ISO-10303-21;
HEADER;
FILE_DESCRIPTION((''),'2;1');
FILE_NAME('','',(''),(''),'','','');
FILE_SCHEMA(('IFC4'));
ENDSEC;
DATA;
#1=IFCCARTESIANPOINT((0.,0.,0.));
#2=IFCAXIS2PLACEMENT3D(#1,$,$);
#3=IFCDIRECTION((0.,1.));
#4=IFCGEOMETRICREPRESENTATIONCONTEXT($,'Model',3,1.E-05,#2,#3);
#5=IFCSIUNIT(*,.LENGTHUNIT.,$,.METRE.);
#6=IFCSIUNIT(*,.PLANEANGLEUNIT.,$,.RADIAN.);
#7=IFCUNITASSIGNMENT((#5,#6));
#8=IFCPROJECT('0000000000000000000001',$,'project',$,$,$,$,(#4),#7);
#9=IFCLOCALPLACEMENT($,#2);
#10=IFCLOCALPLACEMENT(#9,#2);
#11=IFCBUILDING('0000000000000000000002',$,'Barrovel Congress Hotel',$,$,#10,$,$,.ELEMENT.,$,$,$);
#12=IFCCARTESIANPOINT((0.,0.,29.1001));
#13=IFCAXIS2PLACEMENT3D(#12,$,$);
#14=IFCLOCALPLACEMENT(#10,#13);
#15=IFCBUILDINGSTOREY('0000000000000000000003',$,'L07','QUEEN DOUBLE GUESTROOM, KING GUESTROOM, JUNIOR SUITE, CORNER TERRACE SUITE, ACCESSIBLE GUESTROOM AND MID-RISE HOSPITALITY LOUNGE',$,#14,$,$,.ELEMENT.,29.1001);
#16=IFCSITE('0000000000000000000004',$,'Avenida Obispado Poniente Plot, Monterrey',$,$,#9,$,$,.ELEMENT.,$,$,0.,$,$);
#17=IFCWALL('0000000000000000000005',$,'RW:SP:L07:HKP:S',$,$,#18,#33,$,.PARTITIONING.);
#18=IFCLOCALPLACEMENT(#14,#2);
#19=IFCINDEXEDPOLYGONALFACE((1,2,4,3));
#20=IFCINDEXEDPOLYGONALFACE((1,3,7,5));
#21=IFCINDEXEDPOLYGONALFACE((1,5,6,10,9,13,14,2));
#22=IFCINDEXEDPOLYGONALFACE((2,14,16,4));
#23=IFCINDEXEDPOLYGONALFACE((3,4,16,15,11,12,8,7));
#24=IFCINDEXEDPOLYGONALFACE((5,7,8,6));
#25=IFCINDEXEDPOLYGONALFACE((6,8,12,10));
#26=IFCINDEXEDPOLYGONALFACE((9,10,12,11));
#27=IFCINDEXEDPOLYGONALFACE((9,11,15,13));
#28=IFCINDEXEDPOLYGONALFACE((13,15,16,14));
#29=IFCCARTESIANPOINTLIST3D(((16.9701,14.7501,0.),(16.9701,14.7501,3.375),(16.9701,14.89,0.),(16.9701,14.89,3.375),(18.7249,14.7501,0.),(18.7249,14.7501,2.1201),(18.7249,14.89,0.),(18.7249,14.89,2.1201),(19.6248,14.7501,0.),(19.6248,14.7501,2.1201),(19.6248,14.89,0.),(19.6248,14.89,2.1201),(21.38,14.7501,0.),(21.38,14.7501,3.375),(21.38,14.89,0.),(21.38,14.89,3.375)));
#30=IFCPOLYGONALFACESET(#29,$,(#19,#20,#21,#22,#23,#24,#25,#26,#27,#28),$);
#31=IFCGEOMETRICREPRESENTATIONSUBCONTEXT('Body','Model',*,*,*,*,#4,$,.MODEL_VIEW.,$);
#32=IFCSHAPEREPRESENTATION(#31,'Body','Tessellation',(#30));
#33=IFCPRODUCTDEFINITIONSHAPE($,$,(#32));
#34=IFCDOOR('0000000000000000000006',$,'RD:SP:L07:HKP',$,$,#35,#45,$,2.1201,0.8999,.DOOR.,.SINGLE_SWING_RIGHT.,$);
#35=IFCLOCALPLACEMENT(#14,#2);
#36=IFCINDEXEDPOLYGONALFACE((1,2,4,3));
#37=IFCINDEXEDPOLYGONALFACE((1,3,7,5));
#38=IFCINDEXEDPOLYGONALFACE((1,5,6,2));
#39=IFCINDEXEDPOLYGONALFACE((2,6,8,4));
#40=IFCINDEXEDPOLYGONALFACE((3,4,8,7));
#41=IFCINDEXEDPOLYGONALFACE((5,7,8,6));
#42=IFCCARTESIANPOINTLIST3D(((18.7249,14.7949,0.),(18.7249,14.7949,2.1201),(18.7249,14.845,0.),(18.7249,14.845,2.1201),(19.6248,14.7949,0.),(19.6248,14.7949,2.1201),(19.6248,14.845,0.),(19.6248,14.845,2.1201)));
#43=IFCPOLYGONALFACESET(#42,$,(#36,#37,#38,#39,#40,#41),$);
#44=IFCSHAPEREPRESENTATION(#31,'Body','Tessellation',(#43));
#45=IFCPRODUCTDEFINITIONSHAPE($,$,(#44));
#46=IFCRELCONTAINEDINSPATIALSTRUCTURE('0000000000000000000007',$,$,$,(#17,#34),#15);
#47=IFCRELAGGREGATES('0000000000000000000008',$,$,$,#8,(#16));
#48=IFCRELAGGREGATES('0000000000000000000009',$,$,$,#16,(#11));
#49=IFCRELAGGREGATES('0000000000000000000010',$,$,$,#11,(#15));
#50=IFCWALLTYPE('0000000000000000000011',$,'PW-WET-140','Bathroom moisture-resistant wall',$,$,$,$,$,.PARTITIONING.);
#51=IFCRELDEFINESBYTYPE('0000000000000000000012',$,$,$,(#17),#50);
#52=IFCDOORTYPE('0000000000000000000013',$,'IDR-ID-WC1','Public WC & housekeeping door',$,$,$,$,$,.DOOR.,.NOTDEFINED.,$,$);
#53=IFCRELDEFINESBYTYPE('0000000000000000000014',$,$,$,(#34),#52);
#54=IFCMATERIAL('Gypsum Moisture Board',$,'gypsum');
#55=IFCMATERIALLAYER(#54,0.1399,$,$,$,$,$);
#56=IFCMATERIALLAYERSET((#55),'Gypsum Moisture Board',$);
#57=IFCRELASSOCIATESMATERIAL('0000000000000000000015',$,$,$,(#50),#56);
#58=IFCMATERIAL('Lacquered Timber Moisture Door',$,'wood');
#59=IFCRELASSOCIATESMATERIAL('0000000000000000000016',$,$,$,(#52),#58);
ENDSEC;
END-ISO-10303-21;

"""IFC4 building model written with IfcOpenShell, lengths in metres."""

from ifc_helpers import new_model, si_unit, direction, frame, frame_2d, origin, place, context, subcontext, project, spatial, rectangle, extrude, material, layer, layer_set, type_object, element, fill, save


model = new_model("IFC4")

# Units and contexts
model_context = context("Model", 3, precision=1e-05, world=origin(), true_north=direction((0.0, 1.0)))
body_context = subcontext(model_context, "Body", "Model", "MODEL_VIEW")
ifc_project = project(units=[si_unit("LENGTHUNIT", "METRE"), si_unit("PLANEANGLEUNIT", "RADIAN")], contexts=[model_context])

# Site, building, storey
site_placement = place(None, origin())
site = spatial("IfcSite", under=ifc_project, at=site_placement, Name="Avenida Obispado Poniente Plot, Monterrey", CompositionType="ELEMENT", RefElevation=0.0)
building_placement = place(site_placement, origin())
building = spatial("IfcBuilding", under=site, at=building_placement, Name="Barrovel Congress Hotel", CompositionType="ELEMENT")
storey_placement = place(building_placement, frame((0.0, 0.0, 29.1001)))
storey = spatial("IfcBuildingStorey", under=building, at=storey_placement, Name="L07", Description="QUEEN DOUBLE GUESTROOM, KING GUESTROOM, JUNIOR SUITE, CORNER TERRACE SUITE, ACCESSIBLE GUESTROOM AND MID-RISE HOSPITALITY LOUNGE", CompositionType="ELEMENT", Elevation=29.1001)

# Wall, opening, door
ifc_material_1 = material(Name="Gypsum Moisture Board", Category="gypsum")
ifc_layer_1 = layer(ifc_material_1, 0.1399)
ifc_layer_set_1 = layer_set([ifc_layer_1], Name="Gypsum Moisture Board")
wall_type_1 = type_object("IfcWallType", Name="PW-WET-140", Description="Bathroom moisture-resistant wall", PredefinedType="PARTITIONING", material=ifc_layer_set_1)
wall_1_placement = place(storey_placement, frame((16.97, 14.8201, 0.0), z_axis=(0.0, 0.0, 1.0), x_axis=(1.0, 0.0, 0.0)))
wall_1 = element("IfcWall", 1, at=wall_1_placement, inside=storey, type_object=wall_type_1, Name="RW:SP:L07:HKP:S", PredefinedType="PARTITIONING", context=body_context, shape_type="SweptSolid", body=[
    extrude(rectangle(XDim=4.4099, YDim=0.1399, at=frame_2d((2.2051, 0.0))), origin(), (0.0, 0.0, 1.0), 3.375),
])
opening_1_placement = place(wall_1_placement, frame((1.7549, 0.0, 0.0)))
opening_1 = element("IfcOpeningElement", 2, at=opening_1_placement, cuts=wall_1, PredefinedType="OPENING", context=body_context, shape_type="SweptSolid", body=[
    extrude(rectangle(XDim=0.8999, YDim=2.1201, at=frame_2d((0.45, 1.0601))), frame((0.0, 0.0801, 0.0), z_axis=(0.0, -1.0, 0.0), x_axis=(1.0, 0.0, 0.0)), (0.0, 0.0, 1.0), 0.1599),
])
ifc_material_2 = material(Name="Lacquered Timber Moisture Door", Category="wood")
door_type_1 = type_object("IfcDoorType", Name="IDR-ID-WC1", Description="Public WC & housekeeping door", OperationType="NOTDEFINED", PredefinedType="DOOR", material=ifc_material_2)
door_1_placement = place(opening_1_placement, origin())
door_1 = element("IfcDoor", 3, at=door_1_placement, inside=storey, type_object=door_type_1, Name="RD:SP:L07:HKP", OperationType="SINGLE_SWING_RIGHT", OverallHeight=2.1201, OverallWidth=0.8999, PredefinedType="DOOR", context=body_context, shape_type="SweptSolid", body=[
    extrude(rectangle(XDim=0.8999, YDim=2.1201, at=frame_2d((0.45, 1.0601))), frame((0.0, 0.0249, 0.0), z_axis=(0.0, -1.0, 0.0), x_axis=(1.0, 0.0, 0.0)), (0.0, 0.0, 1.0), 0.05),
])
fill(opening_1, door_1)

save(model, "model.ifc")
